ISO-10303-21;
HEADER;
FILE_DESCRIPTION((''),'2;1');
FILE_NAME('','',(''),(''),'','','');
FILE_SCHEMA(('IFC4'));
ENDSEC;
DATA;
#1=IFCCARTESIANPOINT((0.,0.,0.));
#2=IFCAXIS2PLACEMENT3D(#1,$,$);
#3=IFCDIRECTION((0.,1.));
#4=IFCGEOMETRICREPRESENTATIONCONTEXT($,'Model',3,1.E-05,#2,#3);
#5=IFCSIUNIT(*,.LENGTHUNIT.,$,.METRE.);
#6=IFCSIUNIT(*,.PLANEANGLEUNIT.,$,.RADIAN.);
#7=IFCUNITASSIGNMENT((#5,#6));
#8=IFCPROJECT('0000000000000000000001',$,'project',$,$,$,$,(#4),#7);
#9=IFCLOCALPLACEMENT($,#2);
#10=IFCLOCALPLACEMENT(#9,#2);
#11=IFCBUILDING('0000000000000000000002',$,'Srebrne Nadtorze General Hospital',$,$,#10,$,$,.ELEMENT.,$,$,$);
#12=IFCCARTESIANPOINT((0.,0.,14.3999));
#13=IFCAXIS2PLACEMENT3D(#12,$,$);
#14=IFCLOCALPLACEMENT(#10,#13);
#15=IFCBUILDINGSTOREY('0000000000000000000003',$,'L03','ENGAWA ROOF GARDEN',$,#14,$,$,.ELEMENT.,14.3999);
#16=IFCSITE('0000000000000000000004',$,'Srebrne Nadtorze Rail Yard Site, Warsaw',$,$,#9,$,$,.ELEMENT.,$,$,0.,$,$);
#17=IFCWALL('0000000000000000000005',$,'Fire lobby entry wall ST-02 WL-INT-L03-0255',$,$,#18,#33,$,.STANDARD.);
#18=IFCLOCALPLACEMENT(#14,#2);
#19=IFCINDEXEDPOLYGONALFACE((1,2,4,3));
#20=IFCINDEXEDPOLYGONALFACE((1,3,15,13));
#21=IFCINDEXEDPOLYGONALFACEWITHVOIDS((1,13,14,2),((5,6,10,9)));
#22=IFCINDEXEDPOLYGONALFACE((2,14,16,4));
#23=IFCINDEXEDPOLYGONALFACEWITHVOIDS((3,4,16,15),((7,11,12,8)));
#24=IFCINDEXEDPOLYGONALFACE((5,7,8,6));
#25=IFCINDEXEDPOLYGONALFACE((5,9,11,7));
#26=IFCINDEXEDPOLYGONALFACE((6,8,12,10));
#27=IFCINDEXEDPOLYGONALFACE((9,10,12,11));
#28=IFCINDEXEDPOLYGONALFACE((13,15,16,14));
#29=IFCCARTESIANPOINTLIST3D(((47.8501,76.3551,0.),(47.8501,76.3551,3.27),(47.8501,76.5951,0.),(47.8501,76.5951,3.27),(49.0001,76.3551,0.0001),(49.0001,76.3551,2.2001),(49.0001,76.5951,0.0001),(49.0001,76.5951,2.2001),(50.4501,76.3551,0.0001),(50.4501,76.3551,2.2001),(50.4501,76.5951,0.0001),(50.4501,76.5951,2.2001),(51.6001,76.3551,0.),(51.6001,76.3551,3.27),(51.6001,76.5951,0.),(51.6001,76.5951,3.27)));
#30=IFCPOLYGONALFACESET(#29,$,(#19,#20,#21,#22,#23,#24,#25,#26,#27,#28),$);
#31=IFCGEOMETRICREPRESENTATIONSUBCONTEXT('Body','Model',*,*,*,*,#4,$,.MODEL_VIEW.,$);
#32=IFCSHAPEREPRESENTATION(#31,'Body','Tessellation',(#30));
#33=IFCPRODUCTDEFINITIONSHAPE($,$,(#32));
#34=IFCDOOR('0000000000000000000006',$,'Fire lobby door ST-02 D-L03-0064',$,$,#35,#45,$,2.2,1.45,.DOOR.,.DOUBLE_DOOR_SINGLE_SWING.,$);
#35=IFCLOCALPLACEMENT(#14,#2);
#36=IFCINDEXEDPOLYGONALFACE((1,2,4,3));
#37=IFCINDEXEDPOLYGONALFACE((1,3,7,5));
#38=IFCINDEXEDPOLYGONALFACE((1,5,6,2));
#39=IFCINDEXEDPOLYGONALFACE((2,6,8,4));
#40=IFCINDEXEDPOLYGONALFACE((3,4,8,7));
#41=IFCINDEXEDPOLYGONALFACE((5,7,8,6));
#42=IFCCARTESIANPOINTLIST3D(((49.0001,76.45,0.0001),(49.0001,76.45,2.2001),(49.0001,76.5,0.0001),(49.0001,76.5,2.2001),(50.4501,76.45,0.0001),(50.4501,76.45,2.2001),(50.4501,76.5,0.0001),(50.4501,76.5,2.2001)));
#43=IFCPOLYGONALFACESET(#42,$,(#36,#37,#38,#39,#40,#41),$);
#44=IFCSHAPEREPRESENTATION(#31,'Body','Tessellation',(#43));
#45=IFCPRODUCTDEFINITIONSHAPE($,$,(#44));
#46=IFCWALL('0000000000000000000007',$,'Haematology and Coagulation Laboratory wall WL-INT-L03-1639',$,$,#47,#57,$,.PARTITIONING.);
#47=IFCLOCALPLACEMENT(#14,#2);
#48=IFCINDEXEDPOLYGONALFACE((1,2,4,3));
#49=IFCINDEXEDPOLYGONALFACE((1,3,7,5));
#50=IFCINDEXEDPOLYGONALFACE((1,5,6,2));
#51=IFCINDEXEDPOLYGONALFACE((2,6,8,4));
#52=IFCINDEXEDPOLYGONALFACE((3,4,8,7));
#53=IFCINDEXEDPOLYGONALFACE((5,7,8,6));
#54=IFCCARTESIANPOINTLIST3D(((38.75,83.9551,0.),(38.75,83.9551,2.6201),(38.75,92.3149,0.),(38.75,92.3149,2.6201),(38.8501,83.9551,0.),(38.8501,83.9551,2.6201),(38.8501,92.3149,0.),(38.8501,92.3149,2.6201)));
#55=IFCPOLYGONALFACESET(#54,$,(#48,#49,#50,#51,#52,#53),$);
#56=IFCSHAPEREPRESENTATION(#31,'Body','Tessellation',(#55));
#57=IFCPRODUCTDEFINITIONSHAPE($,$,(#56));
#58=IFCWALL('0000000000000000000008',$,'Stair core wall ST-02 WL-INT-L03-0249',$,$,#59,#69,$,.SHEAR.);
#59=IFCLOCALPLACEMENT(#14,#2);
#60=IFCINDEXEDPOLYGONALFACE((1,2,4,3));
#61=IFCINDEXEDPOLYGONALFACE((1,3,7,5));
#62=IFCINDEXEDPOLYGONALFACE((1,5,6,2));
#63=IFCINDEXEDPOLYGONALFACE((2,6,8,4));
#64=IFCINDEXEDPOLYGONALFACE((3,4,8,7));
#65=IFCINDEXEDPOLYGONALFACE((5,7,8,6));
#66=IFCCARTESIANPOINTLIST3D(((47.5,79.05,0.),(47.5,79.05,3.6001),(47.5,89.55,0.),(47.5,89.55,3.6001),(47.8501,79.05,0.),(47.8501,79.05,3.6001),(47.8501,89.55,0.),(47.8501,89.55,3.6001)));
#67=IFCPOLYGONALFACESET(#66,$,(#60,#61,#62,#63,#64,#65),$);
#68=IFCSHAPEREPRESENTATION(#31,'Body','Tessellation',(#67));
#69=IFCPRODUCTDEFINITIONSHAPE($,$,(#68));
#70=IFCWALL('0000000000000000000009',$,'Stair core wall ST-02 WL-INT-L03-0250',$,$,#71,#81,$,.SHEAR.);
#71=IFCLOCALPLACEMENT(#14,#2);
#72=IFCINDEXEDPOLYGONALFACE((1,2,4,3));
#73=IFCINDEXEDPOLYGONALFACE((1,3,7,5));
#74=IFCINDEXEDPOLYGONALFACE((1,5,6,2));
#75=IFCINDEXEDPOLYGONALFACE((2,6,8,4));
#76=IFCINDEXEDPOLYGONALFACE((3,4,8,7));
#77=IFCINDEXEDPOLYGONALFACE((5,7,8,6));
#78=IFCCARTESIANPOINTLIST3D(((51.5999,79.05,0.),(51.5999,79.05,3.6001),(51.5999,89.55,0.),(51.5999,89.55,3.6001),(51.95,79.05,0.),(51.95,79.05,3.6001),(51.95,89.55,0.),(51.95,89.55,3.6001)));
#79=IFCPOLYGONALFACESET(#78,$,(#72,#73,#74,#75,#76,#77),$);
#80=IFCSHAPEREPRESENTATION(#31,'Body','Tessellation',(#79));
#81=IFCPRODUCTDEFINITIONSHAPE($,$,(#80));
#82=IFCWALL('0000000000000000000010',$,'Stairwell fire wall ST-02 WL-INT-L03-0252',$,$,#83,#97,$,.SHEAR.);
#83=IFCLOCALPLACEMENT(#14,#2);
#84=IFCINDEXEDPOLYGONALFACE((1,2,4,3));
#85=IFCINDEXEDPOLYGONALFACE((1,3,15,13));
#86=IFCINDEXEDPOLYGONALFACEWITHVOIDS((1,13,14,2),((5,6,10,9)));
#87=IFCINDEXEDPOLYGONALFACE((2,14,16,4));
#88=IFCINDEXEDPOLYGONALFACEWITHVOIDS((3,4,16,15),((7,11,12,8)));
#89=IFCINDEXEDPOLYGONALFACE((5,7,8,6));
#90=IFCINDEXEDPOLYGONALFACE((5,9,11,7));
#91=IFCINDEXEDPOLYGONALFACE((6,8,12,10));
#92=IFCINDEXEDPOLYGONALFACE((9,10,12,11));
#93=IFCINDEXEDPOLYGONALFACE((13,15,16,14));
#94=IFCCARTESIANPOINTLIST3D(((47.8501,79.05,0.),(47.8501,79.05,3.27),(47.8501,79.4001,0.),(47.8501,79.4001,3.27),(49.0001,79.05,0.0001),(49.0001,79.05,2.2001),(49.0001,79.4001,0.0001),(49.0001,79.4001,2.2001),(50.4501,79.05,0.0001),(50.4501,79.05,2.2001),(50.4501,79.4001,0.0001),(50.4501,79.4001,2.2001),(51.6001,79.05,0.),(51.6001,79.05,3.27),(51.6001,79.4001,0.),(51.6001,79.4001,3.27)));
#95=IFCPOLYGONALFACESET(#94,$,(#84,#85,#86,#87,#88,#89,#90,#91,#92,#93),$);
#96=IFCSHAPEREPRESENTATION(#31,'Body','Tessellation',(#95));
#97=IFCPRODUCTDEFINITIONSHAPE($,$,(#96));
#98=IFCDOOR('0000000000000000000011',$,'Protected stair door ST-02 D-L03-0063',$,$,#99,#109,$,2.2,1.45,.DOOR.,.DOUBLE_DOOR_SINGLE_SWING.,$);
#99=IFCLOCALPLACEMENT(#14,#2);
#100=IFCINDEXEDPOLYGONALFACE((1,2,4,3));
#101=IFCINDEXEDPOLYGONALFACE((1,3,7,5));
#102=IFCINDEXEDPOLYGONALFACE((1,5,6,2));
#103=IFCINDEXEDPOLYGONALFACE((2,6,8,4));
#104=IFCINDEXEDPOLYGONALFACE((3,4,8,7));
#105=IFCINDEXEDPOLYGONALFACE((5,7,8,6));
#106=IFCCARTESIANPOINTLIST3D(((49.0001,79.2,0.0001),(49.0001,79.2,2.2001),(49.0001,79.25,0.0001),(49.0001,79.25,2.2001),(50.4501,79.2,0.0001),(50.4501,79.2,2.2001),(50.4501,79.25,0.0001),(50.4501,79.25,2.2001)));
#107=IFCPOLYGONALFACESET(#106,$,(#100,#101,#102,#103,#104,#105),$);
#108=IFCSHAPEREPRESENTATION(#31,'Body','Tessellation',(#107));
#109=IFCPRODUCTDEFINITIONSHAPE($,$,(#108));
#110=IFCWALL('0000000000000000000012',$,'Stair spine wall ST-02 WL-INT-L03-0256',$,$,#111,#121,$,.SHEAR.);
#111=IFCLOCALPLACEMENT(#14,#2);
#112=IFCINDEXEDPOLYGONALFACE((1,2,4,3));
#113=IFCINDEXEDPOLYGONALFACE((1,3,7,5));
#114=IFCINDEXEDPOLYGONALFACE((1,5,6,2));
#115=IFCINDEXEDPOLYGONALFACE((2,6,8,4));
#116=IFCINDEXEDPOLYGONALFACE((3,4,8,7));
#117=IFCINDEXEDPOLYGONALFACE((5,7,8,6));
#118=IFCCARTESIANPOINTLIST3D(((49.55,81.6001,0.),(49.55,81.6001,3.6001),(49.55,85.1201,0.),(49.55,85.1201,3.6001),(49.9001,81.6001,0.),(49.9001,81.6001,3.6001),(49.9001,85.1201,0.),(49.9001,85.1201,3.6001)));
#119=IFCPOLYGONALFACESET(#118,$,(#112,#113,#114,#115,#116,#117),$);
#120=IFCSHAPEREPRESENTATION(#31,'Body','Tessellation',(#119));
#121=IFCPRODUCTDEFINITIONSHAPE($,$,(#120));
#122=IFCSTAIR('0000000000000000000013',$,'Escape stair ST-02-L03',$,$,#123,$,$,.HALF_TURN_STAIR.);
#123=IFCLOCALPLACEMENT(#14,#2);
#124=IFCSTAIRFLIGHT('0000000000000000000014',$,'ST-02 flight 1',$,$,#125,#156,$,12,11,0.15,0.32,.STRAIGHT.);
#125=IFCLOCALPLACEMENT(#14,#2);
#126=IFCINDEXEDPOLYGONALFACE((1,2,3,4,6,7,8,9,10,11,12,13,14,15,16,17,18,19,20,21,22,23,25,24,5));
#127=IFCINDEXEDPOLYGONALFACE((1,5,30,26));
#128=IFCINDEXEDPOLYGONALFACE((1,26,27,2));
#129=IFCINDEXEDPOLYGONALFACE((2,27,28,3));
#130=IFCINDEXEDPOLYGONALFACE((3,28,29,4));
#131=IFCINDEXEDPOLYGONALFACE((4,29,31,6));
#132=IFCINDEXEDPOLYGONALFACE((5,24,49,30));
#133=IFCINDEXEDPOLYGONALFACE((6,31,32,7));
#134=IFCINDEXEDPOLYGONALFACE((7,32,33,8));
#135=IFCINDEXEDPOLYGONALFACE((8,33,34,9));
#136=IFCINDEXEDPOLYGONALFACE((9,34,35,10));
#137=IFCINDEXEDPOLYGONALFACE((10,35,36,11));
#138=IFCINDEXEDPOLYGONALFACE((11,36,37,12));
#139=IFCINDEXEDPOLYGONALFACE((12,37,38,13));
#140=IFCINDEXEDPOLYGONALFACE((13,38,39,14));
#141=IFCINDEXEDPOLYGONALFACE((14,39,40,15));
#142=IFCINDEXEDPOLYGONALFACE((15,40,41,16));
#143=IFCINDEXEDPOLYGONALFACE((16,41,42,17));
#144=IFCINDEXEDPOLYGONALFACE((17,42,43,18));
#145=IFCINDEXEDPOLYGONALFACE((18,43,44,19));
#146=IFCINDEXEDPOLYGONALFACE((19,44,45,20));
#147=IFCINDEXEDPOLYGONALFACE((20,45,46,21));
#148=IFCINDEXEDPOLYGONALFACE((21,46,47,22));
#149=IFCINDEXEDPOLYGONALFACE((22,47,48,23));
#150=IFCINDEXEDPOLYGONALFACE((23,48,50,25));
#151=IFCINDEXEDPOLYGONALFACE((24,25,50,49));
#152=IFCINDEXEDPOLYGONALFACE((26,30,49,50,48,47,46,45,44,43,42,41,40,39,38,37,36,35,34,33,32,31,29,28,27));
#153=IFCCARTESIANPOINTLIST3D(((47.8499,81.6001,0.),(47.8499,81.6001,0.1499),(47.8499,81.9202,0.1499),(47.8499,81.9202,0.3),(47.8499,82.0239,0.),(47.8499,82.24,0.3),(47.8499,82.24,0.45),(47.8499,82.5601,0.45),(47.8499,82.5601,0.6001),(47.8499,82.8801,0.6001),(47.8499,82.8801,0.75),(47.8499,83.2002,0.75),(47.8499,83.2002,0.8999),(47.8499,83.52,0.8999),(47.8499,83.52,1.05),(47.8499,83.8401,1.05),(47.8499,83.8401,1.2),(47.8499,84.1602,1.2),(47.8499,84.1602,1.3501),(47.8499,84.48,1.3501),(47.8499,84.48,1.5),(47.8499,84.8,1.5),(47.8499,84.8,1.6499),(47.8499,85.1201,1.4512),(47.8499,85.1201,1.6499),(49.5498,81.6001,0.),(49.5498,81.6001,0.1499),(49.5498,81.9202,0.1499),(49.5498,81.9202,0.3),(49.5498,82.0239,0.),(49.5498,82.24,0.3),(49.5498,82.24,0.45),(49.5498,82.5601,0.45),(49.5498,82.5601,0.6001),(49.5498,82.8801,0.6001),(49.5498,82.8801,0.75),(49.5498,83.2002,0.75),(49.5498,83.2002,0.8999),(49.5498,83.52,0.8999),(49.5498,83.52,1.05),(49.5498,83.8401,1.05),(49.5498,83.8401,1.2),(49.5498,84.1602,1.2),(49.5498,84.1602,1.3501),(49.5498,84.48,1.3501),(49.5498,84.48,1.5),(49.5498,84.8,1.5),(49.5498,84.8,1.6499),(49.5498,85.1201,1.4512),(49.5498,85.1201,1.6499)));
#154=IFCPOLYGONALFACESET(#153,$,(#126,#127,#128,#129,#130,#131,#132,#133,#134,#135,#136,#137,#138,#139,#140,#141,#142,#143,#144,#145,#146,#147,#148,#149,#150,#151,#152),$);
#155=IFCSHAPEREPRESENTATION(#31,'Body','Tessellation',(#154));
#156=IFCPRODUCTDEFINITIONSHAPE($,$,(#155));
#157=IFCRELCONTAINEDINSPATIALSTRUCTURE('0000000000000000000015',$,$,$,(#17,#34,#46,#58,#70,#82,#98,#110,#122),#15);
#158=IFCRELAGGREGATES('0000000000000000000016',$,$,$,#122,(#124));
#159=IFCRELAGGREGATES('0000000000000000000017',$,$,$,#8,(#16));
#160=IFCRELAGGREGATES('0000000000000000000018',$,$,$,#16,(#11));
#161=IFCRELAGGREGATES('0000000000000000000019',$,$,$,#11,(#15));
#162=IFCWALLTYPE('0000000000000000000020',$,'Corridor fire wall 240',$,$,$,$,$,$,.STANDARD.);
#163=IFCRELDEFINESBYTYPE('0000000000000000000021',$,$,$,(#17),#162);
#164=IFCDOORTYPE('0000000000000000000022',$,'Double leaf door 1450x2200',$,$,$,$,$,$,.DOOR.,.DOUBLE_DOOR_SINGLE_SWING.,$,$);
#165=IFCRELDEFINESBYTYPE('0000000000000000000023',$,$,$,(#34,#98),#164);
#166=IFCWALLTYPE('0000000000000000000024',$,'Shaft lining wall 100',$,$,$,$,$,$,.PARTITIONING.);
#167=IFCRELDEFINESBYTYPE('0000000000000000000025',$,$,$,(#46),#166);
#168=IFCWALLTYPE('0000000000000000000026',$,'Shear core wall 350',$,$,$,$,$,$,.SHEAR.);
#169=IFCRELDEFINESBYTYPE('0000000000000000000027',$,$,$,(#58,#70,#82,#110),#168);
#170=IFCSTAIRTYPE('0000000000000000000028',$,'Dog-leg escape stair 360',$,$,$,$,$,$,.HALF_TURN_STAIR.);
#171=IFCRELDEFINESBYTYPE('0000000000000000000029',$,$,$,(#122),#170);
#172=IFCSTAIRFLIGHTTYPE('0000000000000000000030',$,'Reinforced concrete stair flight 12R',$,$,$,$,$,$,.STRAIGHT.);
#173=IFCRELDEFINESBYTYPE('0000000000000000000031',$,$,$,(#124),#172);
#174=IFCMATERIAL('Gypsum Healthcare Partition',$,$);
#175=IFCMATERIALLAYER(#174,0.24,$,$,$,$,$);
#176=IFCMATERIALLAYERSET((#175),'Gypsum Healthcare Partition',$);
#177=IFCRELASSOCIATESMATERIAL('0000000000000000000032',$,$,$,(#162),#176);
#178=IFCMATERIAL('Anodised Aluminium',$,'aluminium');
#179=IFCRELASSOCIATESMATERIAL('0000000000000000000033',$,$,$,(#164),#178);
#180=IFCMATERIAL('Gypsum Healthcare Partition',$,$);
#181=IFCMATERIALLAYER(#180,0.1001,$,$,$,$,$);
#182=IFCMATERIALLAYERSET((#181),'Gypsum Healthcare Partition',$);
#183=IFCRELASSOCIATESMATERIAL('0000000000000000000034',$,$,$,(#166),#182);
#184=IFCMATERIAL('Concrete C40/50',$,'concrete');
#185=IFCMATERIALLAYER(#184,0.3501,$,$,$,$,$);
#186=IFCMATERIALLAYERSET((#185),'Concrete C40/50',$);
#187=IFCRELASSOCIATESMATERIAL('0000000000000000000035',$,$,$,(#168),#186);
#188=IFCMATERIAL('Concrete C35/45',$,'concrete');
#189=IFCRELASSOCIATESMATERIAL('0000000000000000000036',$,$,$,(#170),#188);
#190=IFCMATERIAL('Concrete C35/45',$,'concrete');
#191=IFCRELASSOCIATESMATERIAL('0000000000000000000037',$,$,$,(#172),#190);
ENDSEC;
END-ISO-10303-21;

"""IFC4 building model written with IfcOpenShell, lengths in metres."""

from ifc_helpers import new_model, si_unit, direction, frame, frame_2d, origin, place, context, subcontext, project, spatial, polyline, rectangle, outline, extrude, material, layer, layer_set, type_object, element, fill, aggregate, save


model = new_model("IFC4")

# Units and contexts
model_context = context("Model", 3, precision=1e-05, world=origin(), true_north=direction((0.0, 1.0)))
body_context = subcontext(model_context, "Body", "Model", "MODEL_VIEW")
ifc_project = project(units=[si_unit("LENGTHUNIT", "METRE"), si_unit("PLANEANGLEUNIT", "RADIAN")], contexts=[model_context])

# Site, building, storey
site_placement = place(None, origin())
site = spatial("IfcSite", under=ifc_project, at=site_placement, Name="Srebrne Nadtorze Rail Yard Site, Warsaw", CompositionType="ELEMENT", RefElevation=0.0)
building_placement = place(site_placement, origin())
building = spatial("IfcBuilding", under=site, at=building_placement, Name="Srebrne Nadtorze General Hospital", CompositionType="ELEMENT")
storey_placement = place(building_placement, frame((0.0, 0.0, 14.3999)))
storey = spatial("IfcBuildingStorey", under=building, at=storey_placement, Name="L03", Description="ENGAWA ROOF GARDEN", CompositionType="ELEMENT", Elevation=14.3999)

# Shared definitions
ifc_material_1 = material(Name="Gypsum Healthcare Partition")
ifc_layer_1 = layer(ifc_material_1, 0.24)
ifc_layer_set_1 = layer_set([ifc_layer_1], Name="Gypsum Healthcare Partition")
wall_type_1 = type_object("IfcWallType", Name="Corridor fire wall 240", PredefinedType="STANDARD", material=ifc_layer_set_1)

# Wall, opening, door
wall_1_placement = place(storey_placement, frame((47.8501, 76.4751, 0.0), z_axis=(0.0, 0.0, 1.0), x_axis=(1.0, 0.0, 0.0)))
wall_1 = element("IfcWall", 1, at=wall_1_placement, inside=storey, type_object=wall_type_1, Name="Fire lobby entry wall ST-02 WL-INT-L03-0255", PredefinedType="STANDARD", context=body_context, shape_type="SweptSolid", body=[
    extrude(rectangle(XDim=3.75, YDim=0.24, at=frame_2d((1.875, 0.0))), origin(), (0.0, 0.0, 1.0), 3.27),
])
opening_1_placement = place(wall_1_placement, frame((1.1499, 0.0, 0.0)))
opening_1 = element("IfcOpeningElement", 2, at=opening_1_placement, cuts=wall_1, PredefinedType="OPENING", context=body_context, shape_type="SweptSolid", body=[
    extrude(rectangle(XDim=1.45, YDim=2.2, at=frame_2d((0.7251, 1.1001))), frame((0.0, 0.1318, 0.0), z_axis=(0.0, -1.0, 0.0), x_axis=(1.0, 0.0, 0.0)), (0.0, 0.0, 1.0), 0.2639),
])
ifc_material_2 = material(Name="Anodised Aluminium", Category="aluminium")
door_type_1 = type_object("IfcDoorType", Name="Double leaf door 1450x2200", OperationType="DOUBLE_DOOR_SINGLE_SWING", PredefinedType="DOOR", material=ifc_material_2)
door_1_placement = place(opening_1_placement, origin())
door_1 = element("IfcDoor", 3, at=door_1_placement, inside=storey, type_object=door_type_1, Name="Fire lobby door ST-02 D-L03-0064", OperationType="DOUBLE_DOOR_SINGLE_SWING", OverallHeight=2.2, OverallWidth=1.45, PredefinedType="DOOR", context=body_context, shape_type="SweptSolid", body=[
    extrude(rectangle(XDim=1.45, YDim=2.2, at=frame_2d((0.7251, 1.1001))), frame((0.0, 0.0249, 0.0), z_axis=(0.0, -1.0, 0.0), x_axis=(1.0, 0.0, 0.0)), (0.0, 0.0, 1.0), 0.05),
])
fill(opening_1, door_1)

# Walls
ifc_material_3 = material(Name="Gypsum Healthcare Partition")
ifc_layer_2 = layer(ifc_material_3, 0.1001)
ifc_layer_set_2 = layer_set([ifc_layer_2], Name="Gypsum Healthcare Partition")
wall_type_2 = type_object("IfcWallType", Name="Shaft lining wall 100", PredefinedType="PARTITIONING", material=ifc_layer_set_2)
wall_2_placement = place(storey_placement, frame((38.8, 83.9551, 0.0), z_axis=(0.0, 0.0, 1.0), x_axis=(0.0, 1.0, 0.0)))
element("IfcWall", 4, at=wall_2_placement, inside=storey, type_object=wall_type_2, Name="Haematology and Coagulation Laboratory wall WL-INT-L03-1639", PredefinedType="PARTITIONING", context=body_context, shape_type="SweptSolid", body=[
    extrude(rectangle(XDim=8.3599, YDim=0.1001, at=frame_2d((4.1799, 0.0))), origin(), (0.0, 0.0, 1.0), 2.6201),
])
ifc_material_4 = material(Name="Concrete C40/50", Category="concrete")
ifc_layer_3 = layer(ifc_material_4, 0.3501)
ifc_layer_set_3 = layer_set([ifc_layer_3], Name="Concrete C40/50")
wall_type_3 = type_object("IfcWallType", Name="Shear core wall 350", PredefinedType="SHEAR", material=ifc_layer_set_3)
for number, where, z_axis, x_axis, name in (
    (5, (47.675, 79.05, 0.0), (0.0, 0.0, 1.0), (0.0, 1.0, 0.0), "Stair core wall ST-02 WL-INT-L03-0249"),
    (6, (51.7749, 79.05, 0.0), (0.0, 0.0, 1.0), (0.0, 1.0, 0.0), "Stair core wall ST-02 WL-INT-L03-0250"),
):
    element("IfcWall", number, at=place(storey_placement, frame(where, z_axis=z_axis, x_axis=x_axis)), inside=storey, type_object=wall_type_3, Name=name, PredefinedType="SHEAR", context=body_context, shape_type="SweptSolid", body=[
        extrude(rectangle(XDim=10.5, YDim=0.3501, at=frame_2d((5.25, 0.0))), origin(), (0.0, 0.0, 1.0), 3.6001),
    ])

# Wall, opening, door
wall_3_placement = place(storey_placement, frame((47.8501, 79.2251, 0.0), z_axis=(0.0, 0.0, 1.0), x_axis=(1.0, 0.0, 0.0)))
wall_3 = element("IfcWall", 7, at=wall_3_placement, inside=storey, type_object=wall_type_3, Name="Stairwell fire wall ST-02 WL-INT-L03-0252", PredefinedType="SHEAR", context=body_context, shape_type="SweptSolid", body=[
    extrude(rectangle(XDim=3.75, YDim=0.3501, at=frame_2d((1.875, 0.0))), origin(), (0.0, 0.0, 1.0), 3.27),
])
opening_2_placement = place(wall_3_placement, frame((1.1499, 0.0, 0.0)))
opening_2 = element("IfcOpeningElement", 8, at=opening_2_placement, cuts=wall_3, PredefinedType="OPENING", context=body_context, shape_type="SweptSolid", body=[
    extrude(rectangle(XDim=1.45, YDim=2.2, at=frame_2d((0.7251, 1.1001))), frame((0.0, 0.187, 0.0), z_axis=(0.0, -1.0, 0.0), x_axis=(1.0, 0.0, 0.0)), (0.0, 0.0, 1.0), 0.374),
])
door_2_placement = place(opening_2_placement, origin())
door_2 = element("IfcDoor", 9, at=door_2_placement, inside=storey, type_object=door_type_1, Name="Protected stair door ST-02 D-L03-0063", OperationType="DOUBLE_DOOR_SINGLE_SWING", OverallHeight=2.2, OverallWidth=1.45, PredefinedType="DOOR", context=body_context, shape_type="SweptSolid", body=[
    extrude(rectangle(XDim=1.45, YDim=2.2, at=frame_2d((0.7251, 1.1001))), frame((0.0, 0.0249, 0.0), z_axis=(0.0, -1.0, 0.0), x_axis=(1.0, 0.0, 0.0)), (0.0, 0.0, 1.0), 0.05),
])
fill(opening_2, door_2)

# Wall
wall_4_placement = place(storey_placement, frame((49.7251, 81.6001, 0.0), z_axis=(0.0, 0.0, 1.0), x_axis=(0.0, 1.0, 0.0)))
element("IfcWall", 10, at=wall_4_placement, inside=storey, type_object=wall_type_3, Name="Stair spine wall ST-02 WL-INT-L03-0256", PredefinedType="SHEAR", context=body_context, shape_type="SweptSolid", body=[
    extrude(rectangle(XDim=3.52, YDim=0.3501, at=frame_2d((1.76, 0.0))), origin(), (0.0, 0.0, 1.0), 3.6001),
])

# Stair, stair flight
ifc_material_5 = material(Name="Concrete C35/45", Category="concrete")
stair_type = type_object("IfcStairType", Name="Dog-leg escape stair 360", PredefinedType="HALF_TURN_STAIR", material=ifc_material_5)
stair_placement = place(storey_placement, origin())
stair = element("IfcStair", 11, at=stair_placement, inside=storey, type_object=stair_type, Name="Escape stair ST-02-L03", PredefinedType="HALF_TURN_STAIR")
ifc_material_6 = material(Name="Concrete C35/45", Category="concrete")
stair_flight_type = type_object("IfcStairFlightType", Name="Reinforced concrete stair flight 12R", PredefinedType="STRAIGHT", material=ifc_material_6)
stair_flight_placement = place(storey_placement, frame((48.7, 81.6001, 0.0), z_axis=(0.0, 0.0, 1.0), x_axis=(0.0, 1.0, 0.0)))
stair_flight = element("IfcStairFlight", 12, at=stair_flight_placement, type_object=stair_flight_type, Name="ST-02 flight 1", NumberOfRisers=12, NumberOfTreads=11, PredefinedType="STRAIGHT", RiserHeight=0.15, TreadLength=0.32, context=body_context, shape_type="SweptSolid", body=[
    extrude(outline(polyline([(0.0, 0.0), (0.0, 0.1499), (0.3201, 0.1499), (0.3201, 0.3), (0.6399, 0.3), (0.6399, 0.45), (0.96, 0.45), (0.96, 0.6001), (1.28, 0.6001), (1.28, 0.75), (1.6001, 0.75), (1.6001, 0.8999), (1.9199, 0.8999), (1.9199, 1.05), (2.24, 1.05), (2.24, 1.2), (2.5601, 1.2), (2.5601, 1.3501), (2.8799, 1.3501), (2.8799, 1.5), (3.2, 1.5), (3.2, 1.6499), (3.52, 1.6499), (3.52, 1.8), (3.52, 1.4512), (0.4238, 0.0), (0.0, 0.0)])), frame((0.0, 0.8501, 0.0), z_axis=(0.0, -1.0, 0.0), x_axis=(1.0, 0.0, 0.0)), (0.0, 0.0, 1.0), 1.7),
])
aggregate(stair, [stair_flight])

save(model, "model.ifc")
